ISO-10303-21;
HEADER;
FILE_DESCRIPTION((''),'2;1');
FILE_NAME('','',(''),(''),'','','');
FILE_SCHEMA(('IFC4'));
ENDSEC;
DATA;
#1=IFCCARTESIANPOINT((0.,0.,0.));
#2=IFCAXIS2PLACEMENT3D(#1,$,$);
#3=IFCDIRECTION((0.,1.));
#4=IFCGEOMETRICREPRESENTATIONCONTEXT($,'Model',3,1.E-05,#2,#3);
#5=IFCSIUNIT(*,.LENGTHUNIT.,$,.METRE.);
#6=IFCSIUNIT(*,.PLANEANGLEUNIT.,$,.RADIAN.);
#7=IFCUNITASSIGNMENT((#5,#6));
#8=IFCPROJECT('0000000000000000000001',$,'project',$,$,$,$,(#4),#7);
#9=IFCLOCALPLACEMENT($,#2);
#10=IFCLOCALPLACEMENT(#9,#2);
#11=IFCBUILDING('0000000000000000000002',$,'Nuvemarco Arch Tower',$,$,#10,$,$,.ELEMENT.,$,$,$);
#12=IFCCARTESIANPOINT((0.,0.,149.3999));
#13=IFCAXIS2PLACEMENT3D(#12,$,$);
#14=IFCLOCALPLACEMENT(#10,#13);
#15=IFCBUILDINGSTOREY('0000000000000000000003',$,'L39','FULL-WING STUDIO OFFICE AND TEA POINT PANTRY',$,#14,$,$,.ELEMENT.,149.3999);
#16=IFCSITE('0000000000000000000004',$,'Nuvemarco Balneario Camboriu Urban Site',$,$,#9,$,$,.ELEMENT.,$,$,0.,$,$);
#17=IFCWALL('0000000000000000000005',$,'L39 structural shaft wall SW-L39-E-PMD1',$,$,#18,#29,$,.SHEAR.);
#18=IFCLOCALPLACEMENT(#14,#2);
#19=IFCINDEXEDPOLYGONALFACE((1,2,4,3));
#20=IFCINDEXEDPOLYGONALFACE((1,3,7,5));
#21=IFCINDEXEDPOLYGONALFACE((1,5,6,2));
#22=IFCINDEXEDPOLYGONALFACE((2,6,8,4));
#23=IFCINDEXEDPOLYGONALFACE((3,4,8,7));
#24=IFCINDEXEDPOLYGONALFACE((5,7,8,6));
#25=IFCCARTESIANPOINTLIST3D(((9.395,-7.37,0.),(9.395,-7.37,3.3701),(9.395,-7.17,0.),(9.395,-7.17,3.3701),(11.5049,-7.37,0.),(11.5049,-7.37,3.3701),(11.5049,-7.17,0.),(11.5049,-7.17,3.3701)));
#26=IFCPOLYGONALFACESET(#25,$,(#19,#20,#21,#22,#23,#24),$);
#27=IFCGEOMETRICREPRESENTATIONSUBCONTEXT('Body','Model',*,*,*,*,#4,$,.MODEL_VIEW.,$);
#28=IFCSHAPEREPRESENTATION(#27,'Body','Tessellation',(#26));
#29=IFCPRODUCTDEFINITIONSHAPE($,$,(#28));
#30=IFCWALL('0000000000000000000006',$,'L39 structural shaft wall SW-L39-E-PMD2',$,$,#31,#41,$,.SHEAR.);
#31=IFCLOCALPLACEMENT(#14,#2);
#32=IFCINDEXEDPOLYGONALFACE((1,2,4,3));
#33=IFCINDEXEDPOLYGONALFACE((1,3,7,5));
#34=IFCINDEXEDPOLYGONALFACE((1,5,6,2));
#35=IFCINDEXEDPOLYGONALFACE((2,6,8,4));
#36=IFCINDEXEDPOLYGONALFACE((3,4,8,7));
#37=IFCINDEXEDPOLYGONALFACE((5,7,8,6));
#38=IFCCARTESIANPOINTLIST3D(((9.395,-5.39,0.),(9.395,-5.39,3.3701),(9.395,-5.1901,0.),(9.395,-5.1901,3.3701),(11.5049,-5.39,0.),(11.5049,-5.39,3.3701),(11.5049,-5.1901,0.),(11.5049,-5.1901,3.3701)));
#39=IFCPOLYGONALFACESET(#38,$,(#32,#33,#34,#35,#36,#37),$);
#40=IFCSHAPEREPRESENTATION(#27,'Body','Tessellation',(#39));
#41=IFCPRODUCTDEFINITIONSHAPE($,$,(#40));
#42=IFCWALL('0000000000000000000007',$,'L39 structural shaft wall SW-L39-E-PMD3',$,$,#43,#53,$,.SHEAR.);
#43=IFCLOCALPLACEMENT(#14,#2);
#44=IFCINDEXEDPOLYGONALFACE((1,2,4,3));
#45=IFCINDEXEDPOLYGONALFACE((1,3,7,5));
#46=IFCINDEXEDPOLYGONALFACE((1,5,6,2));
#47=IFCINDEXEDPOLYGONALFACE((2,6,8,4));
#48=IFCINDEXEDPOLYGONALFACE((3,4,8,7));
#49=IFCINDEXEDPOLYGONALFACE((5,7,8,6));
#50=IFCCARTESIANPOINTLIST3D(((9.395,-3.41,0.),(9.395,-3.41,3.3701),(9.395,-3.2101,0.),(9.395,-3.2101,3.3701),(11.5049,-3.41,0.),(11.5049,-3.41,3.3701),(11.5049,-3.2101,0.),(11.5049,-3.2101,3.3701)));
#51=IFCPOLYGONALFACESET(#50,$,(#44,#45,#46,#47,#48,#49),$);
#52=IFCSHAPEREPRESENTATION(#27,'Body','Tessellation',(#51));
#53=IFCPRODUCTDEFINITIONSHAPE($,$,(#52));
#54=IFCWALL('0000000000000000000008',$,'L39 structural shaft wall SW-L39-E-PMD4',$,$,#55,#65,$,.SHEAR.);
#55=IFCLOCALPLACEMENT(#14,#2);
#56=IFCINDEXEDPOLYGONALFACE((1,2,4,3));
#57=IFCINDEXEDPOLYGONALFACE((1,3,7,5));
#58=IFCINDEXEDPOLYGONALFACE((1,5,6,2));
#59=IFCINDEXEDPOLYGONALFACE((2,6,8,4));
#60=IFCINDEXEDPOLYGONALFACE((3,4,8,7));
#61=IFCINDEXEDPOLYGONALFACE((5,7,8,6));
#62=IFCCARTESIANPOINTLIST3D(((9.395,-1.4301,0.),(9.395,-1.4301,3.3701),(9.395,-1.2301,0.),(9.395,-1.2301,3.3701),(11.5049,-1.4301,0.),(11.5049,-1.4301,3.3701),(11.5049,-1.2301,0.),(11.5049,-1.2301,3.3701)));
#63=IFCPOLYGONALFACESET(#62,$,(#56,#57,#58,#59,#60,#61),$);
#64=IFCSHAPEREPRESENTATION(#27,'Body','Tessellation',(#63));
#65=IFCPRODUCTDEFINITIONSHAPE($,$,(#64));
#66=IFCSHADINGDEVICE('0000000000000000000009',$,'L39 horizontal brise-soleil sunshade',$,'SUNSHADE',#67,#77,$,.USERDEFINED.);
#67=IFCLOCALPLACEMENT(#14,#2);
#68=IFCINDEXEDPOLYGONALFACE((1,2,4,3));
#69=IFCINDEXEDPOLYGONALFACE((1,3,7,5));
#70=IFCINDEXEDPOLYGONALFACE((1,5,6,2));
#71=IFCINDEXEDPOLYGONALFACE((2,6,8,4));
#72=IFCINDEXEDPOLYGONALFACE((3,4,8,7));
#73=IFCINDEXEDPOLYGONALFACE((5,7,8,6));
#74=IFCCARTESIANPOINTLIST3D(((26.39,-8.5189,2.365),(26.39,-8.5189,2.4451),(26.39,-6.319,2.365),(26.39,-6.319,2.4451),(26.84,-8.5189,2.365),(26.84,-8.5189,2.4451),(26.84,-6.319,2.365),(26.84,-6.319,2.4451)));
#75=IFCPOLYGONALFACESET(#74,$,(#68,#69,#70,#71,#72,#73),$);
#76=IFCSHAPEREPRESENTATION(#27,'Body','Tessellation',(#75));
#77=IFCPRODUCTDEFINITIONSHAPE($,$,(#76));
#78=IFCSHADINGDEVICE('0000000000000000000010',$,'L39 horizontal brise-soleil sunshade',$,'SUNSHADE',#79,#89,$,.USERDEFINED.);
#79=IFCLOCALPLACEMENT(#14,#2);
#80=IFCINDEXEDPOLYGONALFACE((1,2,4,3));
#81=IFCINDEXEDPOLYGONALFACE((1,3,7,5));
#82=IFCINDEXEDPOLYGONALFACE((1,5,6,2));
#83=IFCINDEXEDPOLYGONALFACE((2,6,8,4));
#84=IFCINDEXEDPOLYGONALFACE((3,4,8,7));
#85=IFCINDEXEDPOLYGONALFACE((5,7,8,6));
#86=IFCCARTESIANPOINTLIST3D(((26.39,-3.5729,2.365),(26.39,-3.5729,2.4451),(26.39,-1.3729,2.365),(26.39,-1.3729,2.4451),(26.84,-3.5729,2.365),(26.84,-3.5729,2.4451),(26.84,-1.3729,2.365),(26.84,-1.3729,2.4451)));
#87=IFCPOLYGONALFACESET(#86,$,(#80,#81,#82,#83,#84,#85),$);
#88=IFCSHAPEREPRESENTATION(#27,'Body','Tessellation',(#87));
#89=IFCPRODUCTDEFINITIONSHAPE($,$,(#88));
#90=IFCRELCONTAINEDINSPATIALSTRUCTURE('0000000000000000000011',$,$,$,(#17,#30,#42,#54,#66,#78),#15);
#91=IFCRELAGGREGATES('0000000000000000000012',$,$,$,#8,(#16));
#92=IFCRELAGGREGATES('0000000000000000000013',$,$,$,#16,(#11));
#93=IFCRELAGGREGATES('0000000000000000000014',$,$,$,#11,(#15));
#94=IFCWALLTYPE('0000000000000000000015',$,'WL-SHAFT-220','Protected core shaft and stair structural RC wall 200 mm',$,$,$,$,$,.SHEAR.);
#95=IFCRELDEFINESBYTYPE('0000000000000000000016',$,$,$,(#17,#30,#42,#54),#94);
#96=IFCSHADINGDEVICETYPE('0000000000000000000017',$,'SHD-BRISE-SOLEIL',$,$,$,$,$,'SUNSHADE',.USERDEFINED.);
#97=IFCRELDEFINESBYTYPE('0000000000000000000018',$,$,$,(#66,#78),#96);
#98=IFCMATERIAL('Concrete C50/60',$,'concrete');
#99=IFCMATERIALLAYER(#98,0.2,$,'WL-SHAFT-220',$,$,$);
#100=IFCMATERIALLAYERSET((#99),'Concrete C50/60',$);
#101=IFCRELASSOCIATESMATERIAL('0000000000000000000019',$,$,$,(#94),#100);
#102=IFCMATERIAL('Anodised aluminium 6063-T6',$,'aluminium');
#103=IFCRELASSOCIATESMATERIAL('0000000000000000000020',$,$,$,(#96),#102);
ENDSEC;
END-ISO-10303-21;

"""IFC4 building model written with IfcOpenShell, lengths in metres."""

from ifc_helpers import new_model, si_unit, direction, frame, frame_2d, origin, origin_2d, place, context, subcontext, project, spatial, rectangle, extrude, source, transform, mapped, material, layer, layer_set, type_object, type_shapes, element, save


model = new_model("IFC4")

# Units and contexts
model_context = context("Model", 3, precision=1e-05, world=origin(), true_north=direction((0.0, 1.0)))
body_context = subcontext(model_context, "Body", "Model", "MODEL_VIEW")
ifc_project = project(units=[si_unit("LENGTHUNIT", "METRE"), si_unit("PLANEANGLEUNIT", "RADIAN")], contexts=[model_context])

# Site, building, storey
site_placement = place(None, origin())
site = spatial("IfcSite", under=ifc_project, at=site_placement, Name="Nuvemarco Balneario Camboriu Urban Site", CompositionType="ELEMENT", RefElevation=0.0)
building_placement = place(site_placement, origin())
building = spatial("IfcBuilding", under=site, at=building_placement, Name="Nuvemarco Arch Tower", CompositionType="ELEMENT")
storey_placement = place(building_placement, frame((0.0, 0.0, 149.3999)))
storey = spatial("IfcBuildingStorey", under=building, at=storey_placement, Name="L39", Description="FULL-WING STUDIO OFFICE AND TEA POINT PANTRY", CompositionType="ELEMENT", Elevation=149.3999)

# Shared definitions
ifc_material_1 = material(Name="Concrete C50/60", Category="concrete")

# Shared definitions
ifc_layer_1 = layer(ifc_material_1, 0.2, Name="WL-SHAFT-220")
ifc_layer_set_1 = layer_set([ifc_layer_1], Name="Concrete C50/60")
wall_type_1 = type_object("IfcWallType", Name="WL-SHAFT-220", Description="Protected core shaft and stair structural RC wall 200 mm", PredefinedType="SHEAR", material=ifc_layer_set_1)

# Walls
for number, where, z_axis, x_axis, name in (
    (1, (9.395, -7.27, 0.0), (0.0, 0.0, 1.0), (1.0, 0.0, 0.0), "L39 structural shaft wall SW-L39-E-PMD1"),
    (2, (9.395, -5.29, 0.0), (0.0, 0.0, 1.0), (1.0, 0.0, 0.0), "L39 structural shaft wall SW-L39-E-PMD2"),
    (3, (9.395, -3.3101, 0.0), (0.0, 0.0, 1.0), (1.0, 0.0, 0.0), "L39 structural shaft wall SW-L39-E-PMD3"),
    (4, (9.395, -1.3301, 0.0), (0.0, 0.0, 1.0), (1.0, 0.0, 0.0), "L39 structural shaft wall SW-L39-E-PMD4"),
):
    element("IfcWall", number, at=place(storey_placement, frame(where, z_axis=z_axis, x_axis=x_axis)), inside=storey, type_object=wall_type_1, Name=name, PredefinedType="SHEAR", context=body_context, shape_type="SweptSolid", body=[
        extrude(rectangle(XDim=2.1099, YDim=0.2, at=frame_2d((1.0549, 0.0))), origin(), (0.0, 0.0, 1.0), 3.3701),
    ])

# Shading devices
ifc_material_2 = material(Name="Anodised aluminium 6063-T6", Category="aluminium")
shading_device_type = type_object("IfcShadingDeviceType", Name="SHD-BRISE-SOLEIL", ElementType="SUNSHADE", PredefinedType="USERDEFINED", material=ifc_material_2)
shared_shape_1 = source(origin(), body_context, "Body", "SweptSolid", [
    extrude(rectangle(XDim=2.2, YDim=0.45, at=origin_2d()), origin(), (0.0, 0.0, 1.0), 0.0801),
])
type_shapes(shading_device_type, [shared_shape_1])
for number, where, z_axis, x_axis, name in (
    (5, (26.615, -7.4189, 2.365), (0.0, 0.0, 1.0), (0.0, 1.0, 0.0), "L39 horizontal brise-soleil sunshade"),
    (6, (26.615, -2.4729, 2.365), (0.0, 0.0, 1.0), (0.0, 1.0, 0.0), "L39 horizontal brise-soleil sunshade"),
):
    element("IfcShadingDevice", number, at=place(storey_placement, frame(where, z_axis=z_axis, x_axis=x_axis)), inside=storey, type_object=shading_device_type, Name=name, ObjectType="SUNSHADE", PredefinedType="USERDEFINED", context=body_context, shape_type="MappedRepresentation", body=[
        mapped(shared_shape_1, transform((0.0, 0.0, 0.0), scale=1.0)),
    ])

save(model, "model.ifc")
